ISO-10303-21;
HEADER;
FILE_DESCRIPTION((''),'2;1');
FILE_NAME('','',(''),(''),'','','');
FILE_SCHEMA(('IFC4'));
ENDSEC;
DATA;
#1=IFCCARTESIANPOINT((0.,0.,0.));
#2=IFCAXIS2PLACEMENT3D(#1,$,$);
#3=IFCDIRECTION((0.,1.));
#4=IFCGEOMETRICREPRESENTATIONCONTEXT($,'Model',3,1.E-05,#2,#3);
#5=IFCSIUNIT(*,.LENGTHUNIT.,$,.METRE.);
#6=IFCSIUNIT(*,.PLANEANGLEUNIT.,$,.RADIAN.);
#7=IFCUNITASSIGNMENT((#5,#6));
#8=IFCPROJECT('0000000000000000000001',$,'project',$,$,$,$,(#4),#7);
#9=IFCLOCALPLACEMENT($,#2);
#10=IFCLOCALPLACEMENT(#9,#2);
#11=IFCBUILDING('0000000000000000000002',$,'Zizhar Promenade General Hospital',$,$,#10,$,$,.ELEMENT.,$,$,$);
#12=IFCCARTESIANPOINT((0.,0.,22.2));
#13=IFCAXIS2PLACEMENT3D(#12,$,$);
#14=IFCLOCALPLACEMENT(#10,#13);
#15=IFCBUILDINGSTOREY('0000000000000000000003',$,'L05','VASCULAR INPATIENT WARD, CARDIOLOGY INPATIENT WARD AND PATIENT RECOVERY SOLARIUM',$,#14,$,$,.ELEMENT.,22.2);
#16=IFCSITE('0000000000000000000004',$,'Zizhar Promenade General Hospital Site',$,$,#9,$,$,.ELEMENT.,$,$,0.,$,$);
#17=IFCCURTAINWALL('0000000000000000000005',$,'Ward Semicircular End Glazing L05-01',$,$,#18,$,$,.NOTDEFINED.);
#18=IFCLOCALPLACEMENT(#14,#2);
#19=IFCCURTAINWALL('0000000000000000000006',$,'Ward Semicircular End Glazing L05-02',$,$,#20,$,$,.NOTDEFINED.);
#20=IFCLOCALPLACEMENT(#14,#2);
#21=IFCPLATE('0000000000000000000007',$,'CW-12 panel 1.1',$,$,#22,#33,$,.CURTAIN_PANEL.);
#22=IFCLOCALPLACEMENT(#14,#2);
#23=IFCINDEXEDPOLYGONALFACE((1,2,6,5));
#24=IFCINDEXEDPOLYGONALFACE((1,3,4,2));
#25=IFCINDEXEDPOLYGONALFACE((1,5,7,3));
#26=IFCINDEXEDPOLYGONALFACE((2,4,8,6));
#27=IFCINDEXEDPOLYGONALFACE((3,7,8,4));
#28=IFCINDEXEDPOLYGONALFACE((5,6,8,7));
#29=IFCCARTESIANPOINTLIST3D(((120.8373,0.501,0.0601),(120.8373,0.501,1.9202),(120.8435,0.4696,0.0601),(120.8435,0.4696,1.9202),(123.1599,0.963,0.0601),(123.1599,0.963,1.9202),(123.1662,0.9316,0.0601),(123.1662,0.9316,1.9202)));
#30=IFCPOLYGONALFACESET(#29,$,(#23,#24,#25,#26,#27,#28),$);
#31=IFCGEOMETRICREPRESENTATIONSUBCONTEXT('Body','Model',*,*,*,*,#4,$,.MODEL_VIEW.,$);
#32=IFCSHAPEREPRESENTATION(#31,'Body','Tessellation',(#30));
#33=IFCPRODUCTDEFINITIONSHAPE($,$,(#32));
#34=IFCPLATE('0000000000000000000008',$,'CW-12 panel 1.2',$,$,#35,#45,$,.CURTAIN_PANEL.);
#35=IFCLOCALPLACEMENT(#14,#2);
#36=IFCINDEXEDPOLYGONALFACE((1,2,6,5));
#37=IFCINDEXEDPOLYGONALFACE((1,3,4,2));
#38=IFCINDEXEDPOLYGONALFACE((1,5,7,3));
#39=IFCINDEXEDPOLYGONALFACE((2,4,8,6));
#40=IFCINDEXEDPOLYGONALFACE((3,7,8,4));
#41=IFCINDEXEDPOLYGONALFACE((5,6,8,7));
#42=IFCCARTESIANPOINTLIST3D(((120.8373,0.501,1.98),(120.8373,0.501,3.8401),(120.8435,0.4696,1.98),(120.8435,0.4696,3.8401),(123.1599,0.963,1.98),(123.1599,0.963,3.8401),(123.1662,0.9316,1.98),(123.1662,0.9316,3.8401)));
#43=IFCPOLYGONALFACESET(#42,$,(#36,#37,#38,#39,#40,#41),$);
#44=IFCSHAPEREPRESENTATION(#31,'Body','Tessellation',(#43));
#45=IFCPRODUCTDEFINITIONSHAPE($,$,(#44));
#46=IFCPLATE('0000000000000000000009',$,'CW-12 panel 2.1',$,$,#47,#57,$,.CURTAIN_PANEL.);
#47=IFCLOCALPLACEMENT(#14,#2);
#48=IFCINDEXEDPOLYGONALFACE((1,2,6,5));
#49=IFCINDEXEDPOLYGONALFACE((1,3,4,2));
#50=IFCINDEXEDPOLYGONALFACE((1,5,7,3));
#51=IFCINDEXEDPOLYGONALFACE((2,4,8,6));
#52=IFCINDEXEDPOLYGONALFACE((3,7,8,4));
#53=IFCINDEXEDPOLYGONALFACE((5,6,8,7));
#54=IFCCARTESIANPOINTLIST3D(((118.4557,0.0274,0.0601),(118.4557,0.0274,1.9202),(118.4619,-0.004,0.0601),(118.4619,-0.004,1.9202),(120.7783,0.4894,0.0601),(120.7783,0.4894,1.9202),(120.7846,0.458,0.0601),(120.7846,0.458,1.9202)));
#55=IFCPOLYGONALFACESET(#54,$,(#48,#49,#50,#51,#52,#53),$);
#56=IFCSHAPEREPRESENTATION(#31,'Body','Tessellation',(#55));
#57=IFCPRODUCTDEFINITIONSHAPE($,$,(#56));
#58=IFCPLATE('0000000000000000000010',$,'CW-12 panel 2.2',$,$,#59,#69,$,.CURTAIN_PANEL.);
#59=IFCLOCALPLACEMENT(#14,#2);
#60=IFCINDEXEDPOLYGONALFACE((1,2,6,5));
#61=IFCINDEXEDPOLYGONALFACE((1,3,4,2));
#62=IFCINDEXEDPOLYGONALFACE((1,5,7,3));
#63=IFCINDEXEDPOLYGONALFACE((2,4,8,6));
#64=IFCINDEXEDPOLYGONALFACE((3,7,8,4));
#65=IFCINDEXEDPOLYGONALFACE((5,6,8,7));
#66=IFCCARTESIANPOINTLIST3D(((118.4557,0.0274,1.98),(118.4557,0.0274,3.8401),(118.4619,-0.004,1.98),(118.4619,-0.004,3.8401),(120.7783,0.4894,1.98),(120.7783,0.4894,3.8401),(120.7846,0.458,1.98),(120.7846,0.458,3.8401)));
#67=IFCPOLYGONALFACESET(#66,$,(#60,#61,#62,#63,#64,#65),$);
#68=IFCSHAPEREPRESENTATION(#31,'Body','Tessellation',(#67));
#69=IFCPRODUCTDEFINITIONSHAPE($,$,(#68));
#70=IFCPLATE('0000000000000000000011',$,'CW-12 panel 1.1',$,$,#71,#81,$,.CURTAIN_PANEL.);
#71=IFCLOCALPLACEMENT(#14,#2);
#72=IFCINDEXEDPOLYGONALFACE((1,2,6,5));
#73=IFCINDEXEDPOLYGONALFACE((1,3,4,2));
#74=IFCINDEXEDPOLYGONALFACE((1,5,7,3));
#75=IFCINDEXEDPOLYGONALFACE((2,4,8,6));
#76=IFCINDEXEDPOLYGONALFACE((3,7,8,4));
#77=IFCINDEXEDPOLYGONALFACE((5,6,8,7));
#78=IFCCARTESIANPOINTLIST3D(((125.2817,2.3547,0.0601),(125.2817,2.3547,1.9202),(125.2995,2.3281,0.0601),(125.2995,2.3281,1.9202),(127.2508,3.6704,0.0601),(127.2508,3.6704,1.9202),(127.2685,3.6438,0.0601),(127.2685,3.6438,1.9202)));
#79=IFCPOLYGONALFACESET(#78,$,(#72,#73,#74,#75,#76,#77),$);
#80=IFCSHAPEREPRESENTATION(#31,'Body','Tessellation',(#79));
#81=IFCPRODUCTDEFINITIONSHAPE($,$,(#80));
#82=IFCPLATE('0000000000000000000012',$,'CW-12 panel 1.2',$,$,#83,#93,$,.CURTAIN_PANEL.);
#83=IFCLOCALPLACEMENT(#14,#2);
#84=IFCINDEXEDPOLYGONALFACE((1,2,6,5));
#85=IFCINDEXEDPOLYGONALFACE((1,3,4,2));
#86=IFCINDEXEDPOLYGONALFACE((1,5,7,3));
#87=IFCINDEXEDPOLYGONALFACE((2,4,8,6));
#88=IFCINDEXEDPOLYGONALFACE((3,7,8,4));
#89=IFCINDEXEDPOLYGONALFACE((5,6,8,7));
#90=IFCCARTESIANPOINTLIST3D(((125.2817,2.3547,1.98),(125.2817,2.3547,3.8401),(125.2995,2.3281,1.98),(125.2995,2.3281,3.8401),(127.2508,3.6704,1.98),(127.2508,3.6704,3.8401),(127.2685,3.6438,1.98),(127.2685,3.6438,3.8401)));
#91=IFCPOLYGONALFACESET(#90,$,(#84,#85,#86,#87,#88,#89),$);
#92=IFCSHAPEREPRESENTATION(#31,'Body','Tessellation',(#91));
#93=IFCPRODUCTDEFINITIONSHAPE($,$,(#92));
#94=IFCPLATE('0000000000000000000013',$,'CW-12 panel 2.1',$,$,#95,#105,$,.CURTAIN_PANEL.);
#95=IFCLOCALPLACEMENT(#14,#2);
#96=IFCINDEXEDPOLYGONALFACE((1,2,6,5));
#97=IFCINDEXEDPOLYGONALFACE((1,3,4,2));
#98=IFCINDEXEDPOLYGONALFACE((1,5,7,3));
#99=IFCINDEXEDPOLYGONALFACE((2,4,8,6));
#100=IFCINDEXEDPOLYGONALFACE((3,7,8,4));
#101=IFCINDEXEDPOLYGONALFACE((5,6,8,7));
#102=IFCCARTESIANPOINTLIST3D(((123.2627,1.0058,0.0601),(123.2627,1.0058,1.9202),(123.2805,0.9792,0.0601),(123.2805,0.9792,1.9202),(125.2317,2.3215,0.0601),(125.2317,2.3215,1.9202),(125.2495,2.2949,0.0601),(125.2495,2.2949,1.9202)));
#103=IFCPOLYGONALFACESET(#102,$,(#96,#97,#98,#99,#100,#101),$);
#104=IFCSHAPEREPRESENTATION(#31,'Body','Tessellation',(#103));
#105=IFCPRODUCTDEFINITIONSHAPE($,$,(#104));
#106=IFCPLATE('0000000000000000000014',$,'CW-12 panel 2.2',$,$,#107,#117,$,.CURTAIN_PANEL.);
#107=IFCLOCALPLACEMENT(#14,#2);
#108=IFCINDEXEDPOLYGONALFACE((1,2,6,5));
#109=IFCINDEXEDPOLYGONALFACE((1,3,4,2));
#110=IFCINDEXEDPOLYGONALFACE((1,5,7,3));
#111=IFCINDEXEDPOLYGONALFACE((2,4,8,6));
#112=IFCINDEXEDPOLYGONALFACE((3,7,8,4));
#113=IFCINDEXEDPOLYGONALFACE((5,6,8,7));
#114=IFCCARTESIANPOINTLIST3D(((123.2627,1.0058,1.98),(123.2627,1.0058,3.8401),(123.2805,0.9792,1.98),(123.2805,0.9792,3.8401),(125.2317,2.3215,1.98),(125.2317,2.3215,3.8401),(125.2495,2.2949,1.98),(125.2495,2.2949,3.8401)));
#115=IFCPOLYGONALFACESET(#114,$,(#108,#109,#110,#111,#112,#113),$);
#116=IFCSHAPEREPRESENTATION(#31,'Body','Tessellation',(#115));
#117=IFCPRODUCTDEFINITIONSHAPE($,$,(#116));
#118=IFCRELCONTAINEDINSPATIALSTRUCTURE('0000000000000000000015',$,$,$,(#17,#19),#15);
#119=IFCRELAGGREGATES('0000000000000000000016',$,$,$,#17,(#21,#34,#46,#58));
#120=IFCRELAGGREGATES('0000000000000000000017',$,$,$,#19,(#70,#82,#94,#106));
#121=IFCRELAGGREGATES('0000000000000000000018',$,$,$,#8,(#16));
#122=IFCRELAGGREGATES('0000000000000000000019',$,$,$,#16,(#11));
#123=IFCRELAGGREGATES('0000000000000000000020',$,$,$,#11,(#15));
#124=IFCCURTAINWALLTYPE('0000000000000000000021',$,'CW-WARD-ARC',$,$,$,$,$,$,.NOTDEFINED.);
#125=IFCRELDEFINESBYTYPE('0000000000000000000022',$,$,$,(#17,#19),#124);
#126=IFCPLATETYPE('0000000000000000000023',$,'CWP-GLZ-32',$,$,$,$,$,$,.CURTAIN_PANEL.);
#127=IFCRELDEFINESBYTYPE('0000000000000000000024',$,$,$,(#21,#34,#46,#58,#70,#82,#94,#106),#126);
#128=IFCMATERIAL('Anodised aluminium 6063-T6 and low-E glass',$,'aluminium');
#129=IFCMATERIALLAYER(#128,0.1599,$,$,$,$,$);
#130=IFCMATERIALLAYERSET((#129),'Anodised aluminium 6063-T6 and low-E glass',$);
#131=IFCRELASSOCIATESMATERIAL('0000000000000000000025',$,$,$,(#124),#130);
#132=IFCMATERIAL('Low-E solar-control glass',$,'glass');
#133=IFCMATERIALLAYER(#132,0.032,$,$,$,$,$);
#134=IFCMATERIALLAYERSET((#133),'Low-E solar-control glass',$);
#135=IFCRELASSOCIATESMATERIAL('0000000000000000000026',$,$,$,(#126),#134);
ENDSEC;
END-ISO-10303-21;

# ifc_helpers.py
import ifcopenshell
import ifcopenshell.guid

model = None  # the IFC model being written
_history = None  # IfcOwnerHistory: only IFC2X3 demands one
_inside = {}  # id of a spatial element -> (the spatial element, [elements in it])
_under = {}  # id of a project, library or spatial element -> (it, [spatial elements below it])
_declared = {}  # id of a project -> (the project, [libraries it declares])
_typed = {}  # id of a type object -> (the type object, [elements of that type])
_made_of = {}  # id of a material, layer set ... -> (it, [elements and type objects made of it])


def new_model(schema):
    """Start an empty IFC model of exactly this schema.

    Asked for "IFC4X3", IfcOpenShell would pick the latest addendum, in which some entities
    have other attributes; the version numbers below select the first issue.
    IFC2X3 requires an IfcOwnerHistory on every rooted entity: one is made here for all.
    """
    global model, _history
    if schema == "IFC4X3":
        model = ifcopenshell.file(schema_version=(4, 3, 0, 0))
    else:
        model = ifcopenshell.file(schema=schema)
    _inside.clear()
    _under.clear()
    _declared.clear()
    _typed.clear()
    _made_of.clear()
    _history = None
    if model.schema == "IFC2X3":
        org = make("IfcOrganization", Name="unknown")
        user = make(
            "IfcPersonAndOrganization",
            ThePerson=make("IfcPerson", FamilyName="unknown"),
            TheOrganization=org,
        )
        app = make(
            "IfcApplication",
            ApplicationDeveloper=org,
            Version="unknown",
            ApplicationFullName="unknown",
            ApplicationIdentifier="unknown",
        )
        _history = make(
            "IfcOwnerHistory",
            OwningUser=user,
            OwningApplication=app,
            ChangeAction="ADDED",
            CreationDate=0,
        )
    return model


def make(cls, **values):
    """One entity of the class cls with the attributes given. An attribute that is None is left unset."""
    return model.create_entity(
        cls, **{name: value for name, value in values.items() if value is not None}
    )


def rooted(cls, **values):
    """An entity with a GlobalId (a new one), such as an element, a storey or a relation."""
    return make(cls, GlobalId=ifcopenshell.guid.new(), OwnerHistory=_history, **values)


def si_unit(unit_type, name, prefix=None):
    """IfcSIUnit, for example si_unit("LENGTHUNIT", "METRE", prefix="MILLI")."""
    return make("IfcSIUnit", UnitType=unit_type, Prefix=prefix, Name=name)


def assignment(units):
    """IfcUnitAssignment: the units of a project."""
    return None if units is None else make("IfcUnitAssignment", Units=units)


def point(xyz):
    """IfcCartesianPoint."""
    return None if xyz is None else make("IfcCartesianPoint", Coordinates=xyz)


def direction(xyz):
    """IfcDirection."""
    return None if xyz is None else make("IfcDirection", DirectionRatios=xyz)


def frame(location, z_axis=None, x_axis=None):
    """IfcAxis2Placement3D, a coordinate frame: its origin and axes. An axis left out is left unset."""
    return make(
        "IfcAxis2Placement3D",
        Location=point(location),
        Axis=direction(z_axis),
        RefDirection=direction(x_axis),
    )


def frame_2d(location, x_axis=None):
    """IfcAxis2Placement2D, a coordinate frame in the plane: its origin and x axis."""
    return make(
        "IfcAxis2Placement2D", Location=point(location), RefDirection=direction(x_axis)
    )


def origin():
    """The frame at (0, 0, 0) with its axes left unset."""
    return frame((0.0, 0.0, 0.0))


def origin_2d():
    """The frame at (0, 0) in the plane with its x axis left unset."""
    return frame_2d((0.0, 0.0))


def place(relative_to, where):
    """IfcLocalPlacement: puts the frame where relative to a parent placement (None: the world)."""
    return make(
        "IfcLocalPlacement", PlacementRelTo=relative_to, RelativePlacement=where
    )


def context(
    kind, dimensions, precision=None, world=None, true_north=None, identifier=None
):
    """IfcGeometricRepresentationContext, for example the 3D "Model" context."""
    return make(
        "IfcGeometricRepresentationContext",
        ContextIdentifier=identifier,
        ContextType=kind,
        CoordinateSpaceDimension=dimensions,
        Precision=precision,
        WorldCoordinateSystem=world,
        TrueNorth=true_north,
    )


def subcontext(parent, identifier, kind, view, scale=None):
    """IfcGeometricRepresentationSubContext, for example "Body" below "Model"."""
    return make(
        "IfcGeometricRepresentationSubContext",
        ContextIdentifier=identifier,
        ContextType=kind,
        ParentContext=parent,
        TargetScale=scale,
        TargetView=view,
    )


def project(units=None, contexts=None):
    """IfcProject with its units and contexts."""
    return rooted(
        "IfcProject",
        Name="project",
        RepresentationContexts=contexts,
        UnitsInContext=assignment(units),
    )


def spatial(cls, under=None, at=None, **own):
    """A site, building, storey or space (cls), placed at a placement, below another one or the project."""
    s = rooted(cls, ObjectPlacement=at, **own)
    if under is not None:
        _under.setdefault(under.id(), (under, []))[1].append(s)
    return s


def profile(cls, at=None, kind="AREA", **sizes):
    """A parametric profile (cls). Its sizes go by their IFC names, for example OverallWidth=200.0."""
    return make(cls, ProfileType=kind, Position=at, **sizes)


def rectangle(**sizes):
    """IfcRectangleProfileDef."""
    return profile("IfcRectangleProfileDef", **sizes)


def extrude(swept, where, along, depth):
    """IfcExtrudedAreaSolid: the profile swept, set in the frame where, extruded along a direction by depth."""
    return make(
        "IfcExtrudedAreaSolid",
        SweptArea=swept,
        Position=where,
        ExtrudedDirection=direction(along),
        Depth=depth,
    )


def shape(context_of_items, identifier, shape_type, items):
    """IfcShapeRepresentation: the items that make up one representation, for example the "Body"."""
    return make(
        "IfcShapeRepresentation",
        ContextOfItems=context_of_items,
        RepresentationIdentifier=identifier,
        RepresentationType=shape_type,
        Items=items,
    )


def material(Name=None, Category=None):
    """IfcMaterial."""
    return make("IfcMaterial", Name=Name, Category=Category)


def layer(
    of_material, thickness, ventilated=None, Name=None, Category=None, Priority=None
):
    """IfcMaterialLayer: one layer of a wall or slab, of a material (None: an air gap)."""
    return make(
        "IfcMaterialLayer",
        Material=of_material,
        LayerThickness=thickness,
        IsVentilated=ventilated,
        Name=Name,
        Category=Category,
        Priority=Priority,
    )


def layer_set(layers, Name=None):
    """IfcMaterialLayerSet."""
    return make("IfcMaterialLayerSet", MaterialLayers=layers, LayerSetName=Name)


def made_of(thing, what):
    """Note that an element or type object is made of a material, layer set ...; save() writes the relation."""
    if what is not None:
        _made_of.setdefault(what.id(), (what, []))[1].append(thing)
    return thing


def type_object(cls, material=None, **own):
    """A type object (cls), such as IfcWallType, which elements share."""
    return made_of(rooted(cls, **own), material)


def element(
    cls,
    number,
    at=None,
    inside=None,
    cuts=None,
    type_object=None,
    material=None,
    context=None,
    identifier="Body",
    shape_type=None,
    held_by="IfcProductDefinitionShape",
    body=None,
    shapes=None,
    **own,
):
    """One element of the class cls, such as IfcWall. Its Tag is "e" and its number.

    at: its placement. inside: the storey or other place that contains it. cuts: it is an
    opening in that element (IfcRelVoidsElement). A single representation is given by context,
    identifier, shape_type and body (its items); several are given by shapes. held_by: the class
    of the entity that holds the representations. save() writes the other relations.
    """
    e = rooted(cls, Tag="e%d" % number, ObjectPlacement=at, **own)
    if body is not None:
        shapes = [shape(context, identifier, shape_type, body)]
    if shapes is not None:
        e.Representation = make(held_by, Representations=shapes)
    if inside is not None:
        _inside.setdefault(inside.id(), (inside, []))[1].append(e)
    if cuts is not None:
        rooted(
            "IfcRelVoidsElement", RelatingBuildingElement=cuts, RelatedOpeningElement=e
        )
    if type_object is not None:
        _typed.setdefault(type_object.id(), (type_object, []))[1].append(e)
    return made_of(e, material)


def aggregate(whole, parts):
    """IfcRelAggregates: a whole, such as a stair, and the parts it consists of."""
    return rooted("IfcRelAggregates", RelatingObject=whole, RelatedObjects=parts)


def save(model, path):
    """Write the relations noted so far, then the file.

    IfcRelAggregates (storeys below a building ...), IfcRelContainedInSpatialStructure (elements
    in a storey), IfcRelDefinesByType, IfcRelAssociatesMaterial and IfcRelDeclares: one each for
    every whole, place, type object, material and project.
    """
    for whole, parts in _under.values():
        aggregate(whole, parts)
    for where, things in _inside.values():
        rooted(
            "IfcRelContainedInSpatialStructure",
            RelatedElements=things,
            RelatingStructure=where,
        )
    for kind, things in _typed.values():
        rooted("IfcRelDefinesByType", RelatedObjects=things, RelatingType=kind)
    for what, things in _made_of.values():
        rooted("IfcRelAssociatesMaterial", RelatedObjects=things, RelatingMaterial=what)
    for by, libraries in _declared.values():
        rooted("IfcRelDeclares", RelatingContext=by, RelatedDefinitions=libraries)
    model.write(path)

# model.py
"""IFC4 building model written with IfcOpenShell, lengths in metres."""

from ifc_helpers import new_model, si_unit, direction, frame, origin, origin_2d, place, context, subcontext, project, spatial, rectangle, extrude, material, layer, layer_set, type_object, element, aggregate, save


model = new_model("IFC4")

# Units and contexts
model_context = context("Model", 3, precision=1e-05, world=origin(), true_north=direction((0.0, 1.0)))
body_context = subcontext(model_context, "Body", "Model", "MODEL_VIEW")
ifc_project = project(units=[si_unit("LENGTHUNIT", "METRE"), si_unit("PLANEANGLEUNIT", "RADIAN")], contexts=[model_context])

# Site, building, storey
site_placement = place(None, origin())
site = spatial("IfcSite", under=ifc_project, at=site_placement, Name="Zizhar Promenade General Hospital Site", CompositionType="ELEMENT", RefElevation=0.0)
building_placement = place(site_placement, origin())
building = spatial("IfcBuilding", under=site, at=building_placement, Name="Zizhar Promenade General Hospital", CompositionType="ELEMENT")
storey_placement = place(building_placement, frame((0.0, 0.0, 22.2)))
storey = spatial("IfcBuildingStorey", under=building, at=storey_placement, Name="L05", Description="VASCULAR INPATIENT WARD, CARDIOLOGY INPATIENT WARD AND PATIENT RECOVERY SOLARIUM", CompositionType="ELEMENT", Elevation=22.2)

# Curtain walls
ifc_material_1 = material(Name="Anodised aluminium 6063-T6 and low-E glass", Category="aluminium")
ifc_layer_1 = layer(ifc_material_1, 0.1599)
ifc_layer_set_1 = layer_set([ifc_layer_1], Name="Anodised aluminium 6063-T6 and low-E glass")
curtain_wall_type = type_object("IfcCurtainWallType", Name="CW-WARD-ARC", PredefinedType="NOTDEFINED", material=ifc_layer_set_1)
curtain_wall_1_placement = place(storey_placement, origin())
curtain_wall_1 = element("IfcCurtainWall", 1, at=curtain_wall_1_placement, inside=storey, type_object=curtain_wall_type, Name="Ward Semicircular End Glazing L05-01", PredefinedType="NOTDEFINED")
curtain_wall_2_placement = place(storey_placement, origin())
curtain_wall_2 = element("IfcCurtainWall", 2, at=curtain_wall_2_placement, inside=storey, type_object=curtain_wall_type, Name="Ward Semicircular End Glazing L05-02", PredefinedType="NOTDEFINED")

# Plates
ifc_material_2 = material(Name="Low-E solar-control glass", Category="glass")
ifc_layer_2 = layer(ifc_material_2, 0.032)
ifc_layer_set_2 = layer_set([ifc_layer_2], Name="Low-E solar-control glass")
plate_type = type_object("IfcPlateType", Name="CWP-GLZ-32", PredefinedType="CURTAIN_PANEL", material=ifc_layer_set_2)
plate_1_placement = place(storey_placement, frame((122.0017, 0.7163, 0.0601), z_axis=(0.0, 0.0, 1.0), x_axis=(-0.980786, -0.195087, 0.0)))
plate_1 = element("IfcPlate", 3, at=plate_1_placement, type_object=plate_type, Name="CW-12 panel 1.1", PredefinedType="CURTAIN_PANEL", context=body_context, shape_type="SweptSolid", body=[
    extrude(rectangle(XDim=2.3682, YDim=0.032, at=origin_2d()), origin(), (0.0, 0.0, 1.0), 1.8601),
])
plate_2_placement = place(storey_placement, frame((122.0017, 0.7163, 1.98), z_axis=(0.0, 0.0, 1.0), x_axis=(-0.980786, -0.195087, 0.0)))
plate_2 = element("IfcPlate", 4, at=plate_2_placement, type_object=plate_type, Name="CW-12 panel 1.2", PredefinedType="CURTAIN_PANEL", context=body_context, shape_type="SweptSolid", body=[
    extrude(rectangle(XDim=2.3682, YDim=0.032, at=origin_2d()), origin(), (0.0, 0.0, 1.0), 1.8601),
])
plate_3_placement = place(storey_placement, frame((119.6201, 0.2427, 0.0601), z_axis=(0.0, 0.0, 1.0), x_axis=(-0.980786, -0.195087, 0.0)))
plate_3 = element("IfcPlate", 5, at=plate_3_placement, type_object=plate_type, Name="CW-12 panel 2.1", PredefinedType="CURTAIN_PANEL", context=body_context, shape_type="SweptSolid", body=[
    extrude(rectangle(XDim=2.3682, YDim=0.032, at=origin_2d()), origin(), (0.0, 0.0, 1.0), 1.8601),
])
plate_4_placement = place(storey_placement, frame((119.6201, 0.2427, 1.98), z_axis=(0.0, 0.0, 1.0), x_axis=(-0.980786, -0.195087, 0.0)))
plate_4 = element("IfcPlate", 6, at=plate_4_placement, type_object=plate_type, Name="CW-12 panel 2.2", PredefinedType="CURTAIN_PANEL", context=body_context, shape_type="SweptSolid", body=[
    extrude(rectangle(XDim=2.3682, YDim=0.032, at=origin_2d()), origin(), (0.0, 0.0, 1.0), 1.8601),
])
aggregate(curtain_wall_1, [plate_1, plate_2, plate_3, plate_4])
plate_5_placement = place(storey_placement, frame((126.2751, 2.9993, 0.0601), z_axis=(0.0, 0.0, 1.0), x_axis=(-0.831462, -0.555582, 0.0)))
plate_5 = element("IfcPlate", 7, at=plate_5_placement, type_object=plate_type, Name="CW-12 panel 1.1", PredefinedType="CURTAIN_PANEL", context=body_context, shape_type="SweptSolid", body=[
    extrude(rectangle(XDim=2.3682, YDim=0.032, at=origin_2d()), origin(), (0.0, 0.0, 1.0), 1.8601),
])
plate_6_placement = place(storey_placement, frame((126.2751, 2.9993, 1.98), z_axis=(0.0, 0.0, 1.0), x_axis=(-0.831462, -0.555582, 0.0)))
plate_6 = element("IfcPlate", 8, at=plate_6_placement, type_object=plate_type, Name="CW-12 panel 1.2", PredefinedType="CURTAIN_PANEL", context=body_context, shape_type="SweptSolid", body=[
    extrude(rectangle(XDim=2.3682, YDim=0.032, at=origin_2d()), origin(), (0.0, 0.0, 1.0), 1.8601),
])
plate_7_placement = place(storey_placement, frame((124.2561, 1.6504, 0.0601), z_axis=(0.0, 0.0, 1.0), x_axis=(-0.831462, -0.555582, 0.0)))
plate_7 = element("IfcPlate", 9, at=plate_7_placement, type_object=plate_type, Name="CW-12 panel 2.1", PredefinedType="CURTAIN_PANEL", context=body_context, shape_type="SweptSolid", body=[
    extrude(rectangle(XDim=2.3682, YDim=0.032, at=origin_2d()), origin(), (0.0, 0.0, 1.0), 1.8601),
])
plate_8_placement = place(storey_placement, frame((124.2561, 1.6504, 1.98), z_axis=(0.0, 0.0, 1.0), x_axis=(-0.831462, -0.555582, 0.0)))
plate_8 = element("IfcPlate", 10, at=plate_8_placement, type_object=plate_type, Name="CW-12 panel 2.2", PredefinedType="CURTAIN_PANEL", context=body_context, shape_type="SweptSolid", body=[
    extrude(rectangle(XDim=2.3682, YDim=0.032, at=origin_2d()), origin(), (0.0, 0.0, 1.0), 1.8601),
])
aggregate(curtain_wall_2, [plate_5, plate_6, plate_7, plate_8])

save(model, "model.ifc")
